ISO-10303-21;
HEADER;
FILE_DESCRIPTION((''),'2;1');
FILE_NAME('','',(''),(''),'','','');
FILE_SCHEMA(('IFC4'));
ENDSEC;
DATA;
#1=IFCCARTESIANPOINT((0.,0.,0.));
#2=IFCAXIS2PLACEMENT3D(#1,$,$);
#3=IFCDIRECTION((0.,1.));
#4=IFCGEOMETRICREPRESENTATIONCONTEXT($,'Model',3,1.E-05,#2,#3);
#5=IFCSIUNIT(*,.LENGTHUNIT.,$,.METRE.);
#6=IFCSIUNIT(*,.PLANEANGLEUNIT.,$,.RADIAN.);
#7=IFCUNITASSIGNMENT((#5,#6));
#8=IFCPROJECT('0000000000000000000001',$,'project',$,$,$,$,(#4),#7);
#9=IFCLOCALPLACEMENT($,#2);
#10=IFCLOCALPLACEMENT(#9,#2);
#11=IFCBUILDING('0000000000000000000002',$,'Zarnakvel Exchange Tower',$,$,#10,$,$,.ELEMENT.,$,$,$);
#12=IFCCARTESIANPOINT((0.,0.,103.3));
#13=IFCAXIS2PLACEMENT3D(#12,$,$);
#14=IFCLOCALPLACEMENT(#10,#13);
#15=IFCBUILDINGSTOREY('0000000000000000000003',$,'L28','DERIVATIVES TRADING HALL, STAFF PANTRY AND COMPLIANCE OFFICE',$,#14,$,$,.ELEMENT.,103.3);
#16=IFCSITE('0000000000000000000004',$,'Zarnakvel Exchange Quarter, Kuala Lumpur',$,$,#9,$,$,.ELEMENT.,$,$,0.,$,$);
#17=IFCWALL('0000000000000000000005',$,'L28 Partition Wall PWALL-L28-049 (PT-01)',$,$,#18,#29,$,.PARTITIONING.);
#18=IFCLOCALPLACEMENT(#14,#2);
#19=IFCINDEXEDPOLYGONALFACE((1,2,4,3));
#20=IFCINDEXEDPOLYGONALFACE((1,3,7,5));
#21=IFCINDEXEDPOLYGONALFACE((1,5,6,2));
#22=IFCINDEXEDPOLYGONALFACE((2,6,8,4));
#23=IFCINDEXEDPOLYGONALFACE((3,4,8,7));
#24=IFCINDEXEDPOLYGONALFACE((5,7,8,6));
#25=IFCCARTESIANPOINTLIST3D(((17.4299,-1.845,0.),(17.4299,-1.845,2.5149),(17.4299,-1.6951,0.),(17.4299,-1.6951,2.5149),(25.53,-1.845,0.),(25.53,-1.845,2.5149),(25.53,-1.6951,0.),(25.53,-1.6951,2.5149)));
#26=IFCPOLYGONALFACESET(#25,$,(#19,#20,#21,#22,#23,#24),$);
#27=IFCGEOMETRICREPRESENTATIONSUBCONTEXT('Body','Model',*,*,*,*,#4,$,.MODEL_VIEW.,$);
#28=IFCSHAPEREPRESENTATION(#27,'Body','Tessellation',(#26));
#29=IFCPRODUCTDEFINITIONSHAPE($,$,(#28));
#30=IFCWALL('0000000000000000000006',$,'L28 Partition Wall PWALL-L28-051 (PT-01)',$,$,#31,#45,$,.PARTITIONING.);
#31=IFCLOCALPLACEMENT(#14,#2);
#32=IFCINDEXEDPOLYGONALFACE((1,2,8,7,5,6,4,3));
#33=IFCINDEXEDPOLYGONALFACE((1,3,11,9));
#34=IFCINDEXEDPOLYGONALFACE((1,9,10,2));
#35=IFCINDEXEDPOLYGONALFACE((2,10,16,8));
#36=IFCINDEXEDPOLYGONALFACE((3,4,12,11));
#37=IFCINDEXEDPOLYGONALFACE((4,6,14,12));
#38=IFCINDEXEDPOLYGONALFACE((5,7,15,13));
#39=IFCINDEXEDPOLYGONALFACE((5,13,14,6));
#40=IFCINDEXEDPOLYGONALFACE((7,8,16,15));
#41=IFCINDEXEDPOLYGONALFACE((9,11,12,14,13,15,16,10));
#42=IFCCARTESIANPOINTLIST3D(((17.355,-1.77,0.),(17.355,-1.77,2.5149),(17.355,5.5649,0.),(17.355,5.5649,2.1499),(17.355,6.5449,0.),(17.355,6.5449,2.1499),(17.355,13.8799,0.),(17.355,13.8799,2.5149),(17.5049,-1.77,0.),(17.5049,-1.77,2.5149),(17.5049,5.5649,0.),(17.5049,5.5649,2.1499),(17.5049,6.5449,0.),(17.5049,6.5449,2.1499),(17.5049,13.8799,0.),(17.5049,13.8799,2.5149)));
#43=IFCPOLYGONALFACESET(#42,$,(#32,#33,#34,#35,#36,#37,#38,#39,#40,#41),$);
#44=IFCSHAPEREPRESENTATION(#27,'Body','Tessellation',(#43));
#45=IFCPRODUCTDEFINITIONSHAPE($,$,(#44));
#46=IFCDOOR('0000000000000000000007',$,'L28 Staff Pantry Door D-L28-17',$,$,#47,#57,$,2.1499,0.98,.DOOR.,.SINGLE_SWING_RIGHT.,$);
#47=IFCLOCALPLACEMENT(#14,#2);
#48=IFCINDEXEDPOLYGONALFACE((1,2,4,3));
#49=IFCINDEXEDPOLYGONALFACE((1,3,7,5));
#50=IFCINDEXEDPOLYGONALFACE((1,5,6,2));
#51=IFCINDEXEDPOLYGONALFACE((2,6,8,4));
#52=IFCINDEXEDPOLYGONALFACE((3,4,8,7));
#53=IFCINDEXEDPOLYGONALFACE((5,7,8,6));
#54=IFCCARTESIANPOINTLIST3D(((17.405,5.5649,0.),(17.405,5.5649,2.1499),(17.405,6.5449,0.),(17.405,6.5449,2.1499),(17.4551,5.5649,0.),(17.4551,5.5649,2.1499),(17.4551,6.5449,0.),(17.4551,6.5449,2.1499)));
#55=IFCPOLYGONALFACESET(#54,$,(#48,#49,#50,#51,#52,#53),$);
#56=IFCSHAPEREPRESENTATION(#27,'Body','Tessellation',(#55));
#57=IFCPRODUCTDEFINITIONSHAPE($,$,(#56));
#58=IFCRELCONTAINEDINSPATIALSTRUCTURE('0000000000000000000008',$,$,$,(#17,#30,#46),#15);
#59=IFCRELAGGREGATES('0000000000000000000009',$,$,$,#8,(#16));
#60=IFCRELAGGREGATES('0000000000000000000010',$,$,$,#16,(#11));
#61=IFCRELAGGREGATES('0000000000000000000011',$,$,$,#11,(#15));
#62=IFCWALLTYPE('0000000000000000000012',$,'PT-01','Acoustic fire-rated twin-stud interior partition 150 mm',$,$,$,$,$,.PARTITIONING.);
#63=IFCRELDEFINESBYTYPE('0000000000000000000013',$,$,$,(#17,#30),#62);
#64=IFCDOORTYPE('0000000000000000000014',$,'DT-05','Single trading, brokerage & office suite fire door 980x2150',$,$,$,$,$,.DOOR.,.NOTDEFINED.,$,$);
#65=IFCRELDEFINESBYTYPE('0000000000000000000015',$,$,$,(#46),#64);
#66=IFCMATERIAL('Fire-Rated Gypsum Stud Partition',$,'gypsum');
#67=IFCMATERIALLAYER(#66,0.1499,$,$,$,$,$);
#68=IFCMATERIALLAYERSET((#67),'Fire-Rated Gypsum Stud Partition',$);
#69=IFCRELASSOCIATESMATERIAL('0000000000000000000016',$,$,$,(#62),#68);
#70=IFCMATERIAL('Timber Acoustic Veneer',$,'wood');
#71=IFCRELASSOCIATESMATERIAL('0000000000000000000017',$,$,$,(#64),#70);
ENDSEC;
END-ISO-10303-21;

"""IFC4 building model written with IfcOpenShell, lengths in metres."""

from ifc_helpers import new_model, si_unit, direction, frame, frame_2d, origin, place, context, subcontext, project, spatial, rectangle, extrude, source, transform, mapped, material, layer, layer_set, type_object, element, fill, save


model = new_model("IFC4")

# Units and contexts
model_context = context("Model", 3, precision=1e-05, world=origin(), true_north=direction((0.0, 1.0)))
body_context = subcontext(model_context, "Body", "Model", "MODEL_VIEW")
ifc_project = project(units=[si_unit("LENGTHUNIT", "METRE"), si_unit("PLANEANGLEUNIT", "RADIAN")], contexts=[model_context])

# Site, building, storey
site_placement = place(None, origin())
site = spatial("IfcSite", under=ifc_project, at=site_placement, Name="Zarnakvel Exchange Quarter, Kuala Lumpur", CompositionType="ELEMENT", RefElevation=0.0)
building_placement = place(site_placement, origin())
building = spatial("IfcBuilding", under=site, at=building_placement, Name="Zarnakvel Exchange Tower", CompositionType="ELEMENT")
storey_placement = place(building_placement, frame((0.0, 0.0, 103.3)))
storey = spatial("IfcBuildingStorey", under=building, at=storey_placement, Name="L28", Description="DERIVATIVES TRADING HALL, STAFF PANTRY AND COMPLIANCE OFFICE", CompositionType="ELEMENT", Elevation=103.3)

# Shared definitions
ifc_material_1 = material(Name="Fire-Rated Gypsum Stud Partition", Category="gypsum")
ifc_layer_1 = layer(ifc_material_1, 0.1499)
ifc_layer_set_1 = layer_set([ifc_layer_1], Name="Fire-Rated Gypsum Stud Partition")
wall_type_1 = type_object("IfcWallType", Name="PT-01", Description="Acoustic fire-rated twin-stud interior partition 150 mm", PredefinedType="PARTITIONING", material=ifc_layer_set_1)

# Shared definitions
ifc_material_2 = material(Name="Timber Acoustic Veneer", Category="wood")
door_type_1 = type_object("IfcDoorType", Name="DT-05", Description="Single trading, brokerage & office suite fire door 980x2150", OperationType="NOTDEFINED", PredefinedType="DOOR", material=ifc_material_2)
shared_shape_1 = source(origin(), body_context, "Body", "SweptSolid", [
    extrude(rectangle(XDim=0.98, YDim=2.1499, at=frame_2d((0.49, 1.075))), frame((0.0, 0.0249, 0.0), z_axis=(0.0, -1.0, 0.0), x_axis=(1.0, 0.0, 0.0)), (0.0, 0.0, 1.0), 0.05),
])

# Wall
wall_1_placement = place(storey_placement, frame((25.53, -1.77, 0.0), z_axis=(0.0, 0.0, 1.0), x_axis=(-1.0, 0.0, 0.0)))
element("IfcWall", 1, at=wall_1_placement, inside=storey, type_object=wall_type_1, Name="L28 Partition Wall PWALL-L28-049 (PT-01)", PredefinedType="PARTITIONING", context=body_context, shape_type="SweptSolid", body=[
    extrude(rectangle(XDim=8.1001, YDim=0.1499, at=frame_2d((4.05, 0.0))), origin(), (0.0, 0.0, 1.0), 2.5149),
])

# Wall, opening, door
wall_2_placement = place(storey_placement, frame((17.4299, -1.77, 0.0), z_axis=(0.0, 0.0, 1.0), x_axis=(0.0, 1.0, 0.0)))
wall_2 = element("IfcWall", 2, at=wall_2_placement, inside=storey, type_object=wall_type_1, Name="L28 Partition Wall PWALL-L28-051 (PT-01)", PredefinedType="PARTITIONING", context=body_context, shape_type="SweptSolid", body=[
    extrude(rectangle(XDim=15.6499, YDim=0.1499, at=frame_2d((7.825, 0.0))), origin(), (0.0, 0.0, 1.0), 2.5149),
])
opening_1_placement = place(wall_2_placement, frame((7.335, 0.0, 0.0)))
opening_1 = element("IfcOpeningElement", 3, at=opening_1_placement, cuts=wall_2, PredefinedType="OPENING", context=body_context, shape_type="SweptSolid", body=[
    extrude(rectangle(XDim=0.98, YDim=2.1499, at=frame_2d((0.49, 1.075))), frame((0.0, 0.085, 0.0), z_axis=(0.0, -1.0, 0.0), x_axis=(1.0, 0.0, 0.0)), (0.0, 0.0, 1.0), 0.1699),
])
door_1_placement = place(opening_1_placement, origin())
door_1 = element("IfcDoor", 4, at=door_1_placement, inside=storey, type_object=door_type_1, Name="L28 Staff Pantry Door D-L28-17", OperationType="SINGLE_SWING_RIGHT", OverallHeight=2.1499, OverallWidth=0.98, PredefinedType="DOOR", context=body_context, shape_type="MappedRepresentation", body=[
    mapped(shared_shape_1, transform((0.0, 0.0, 0.0), x_axis=(1.0, 0.0, 0.0), y_axis=(0.0, 1.0, 0.0), z_axis=(0.0, 0.0, 1.0), scale=1.0)),
])
fill(opening_1, door_1)

save(model, "model.ifc")
